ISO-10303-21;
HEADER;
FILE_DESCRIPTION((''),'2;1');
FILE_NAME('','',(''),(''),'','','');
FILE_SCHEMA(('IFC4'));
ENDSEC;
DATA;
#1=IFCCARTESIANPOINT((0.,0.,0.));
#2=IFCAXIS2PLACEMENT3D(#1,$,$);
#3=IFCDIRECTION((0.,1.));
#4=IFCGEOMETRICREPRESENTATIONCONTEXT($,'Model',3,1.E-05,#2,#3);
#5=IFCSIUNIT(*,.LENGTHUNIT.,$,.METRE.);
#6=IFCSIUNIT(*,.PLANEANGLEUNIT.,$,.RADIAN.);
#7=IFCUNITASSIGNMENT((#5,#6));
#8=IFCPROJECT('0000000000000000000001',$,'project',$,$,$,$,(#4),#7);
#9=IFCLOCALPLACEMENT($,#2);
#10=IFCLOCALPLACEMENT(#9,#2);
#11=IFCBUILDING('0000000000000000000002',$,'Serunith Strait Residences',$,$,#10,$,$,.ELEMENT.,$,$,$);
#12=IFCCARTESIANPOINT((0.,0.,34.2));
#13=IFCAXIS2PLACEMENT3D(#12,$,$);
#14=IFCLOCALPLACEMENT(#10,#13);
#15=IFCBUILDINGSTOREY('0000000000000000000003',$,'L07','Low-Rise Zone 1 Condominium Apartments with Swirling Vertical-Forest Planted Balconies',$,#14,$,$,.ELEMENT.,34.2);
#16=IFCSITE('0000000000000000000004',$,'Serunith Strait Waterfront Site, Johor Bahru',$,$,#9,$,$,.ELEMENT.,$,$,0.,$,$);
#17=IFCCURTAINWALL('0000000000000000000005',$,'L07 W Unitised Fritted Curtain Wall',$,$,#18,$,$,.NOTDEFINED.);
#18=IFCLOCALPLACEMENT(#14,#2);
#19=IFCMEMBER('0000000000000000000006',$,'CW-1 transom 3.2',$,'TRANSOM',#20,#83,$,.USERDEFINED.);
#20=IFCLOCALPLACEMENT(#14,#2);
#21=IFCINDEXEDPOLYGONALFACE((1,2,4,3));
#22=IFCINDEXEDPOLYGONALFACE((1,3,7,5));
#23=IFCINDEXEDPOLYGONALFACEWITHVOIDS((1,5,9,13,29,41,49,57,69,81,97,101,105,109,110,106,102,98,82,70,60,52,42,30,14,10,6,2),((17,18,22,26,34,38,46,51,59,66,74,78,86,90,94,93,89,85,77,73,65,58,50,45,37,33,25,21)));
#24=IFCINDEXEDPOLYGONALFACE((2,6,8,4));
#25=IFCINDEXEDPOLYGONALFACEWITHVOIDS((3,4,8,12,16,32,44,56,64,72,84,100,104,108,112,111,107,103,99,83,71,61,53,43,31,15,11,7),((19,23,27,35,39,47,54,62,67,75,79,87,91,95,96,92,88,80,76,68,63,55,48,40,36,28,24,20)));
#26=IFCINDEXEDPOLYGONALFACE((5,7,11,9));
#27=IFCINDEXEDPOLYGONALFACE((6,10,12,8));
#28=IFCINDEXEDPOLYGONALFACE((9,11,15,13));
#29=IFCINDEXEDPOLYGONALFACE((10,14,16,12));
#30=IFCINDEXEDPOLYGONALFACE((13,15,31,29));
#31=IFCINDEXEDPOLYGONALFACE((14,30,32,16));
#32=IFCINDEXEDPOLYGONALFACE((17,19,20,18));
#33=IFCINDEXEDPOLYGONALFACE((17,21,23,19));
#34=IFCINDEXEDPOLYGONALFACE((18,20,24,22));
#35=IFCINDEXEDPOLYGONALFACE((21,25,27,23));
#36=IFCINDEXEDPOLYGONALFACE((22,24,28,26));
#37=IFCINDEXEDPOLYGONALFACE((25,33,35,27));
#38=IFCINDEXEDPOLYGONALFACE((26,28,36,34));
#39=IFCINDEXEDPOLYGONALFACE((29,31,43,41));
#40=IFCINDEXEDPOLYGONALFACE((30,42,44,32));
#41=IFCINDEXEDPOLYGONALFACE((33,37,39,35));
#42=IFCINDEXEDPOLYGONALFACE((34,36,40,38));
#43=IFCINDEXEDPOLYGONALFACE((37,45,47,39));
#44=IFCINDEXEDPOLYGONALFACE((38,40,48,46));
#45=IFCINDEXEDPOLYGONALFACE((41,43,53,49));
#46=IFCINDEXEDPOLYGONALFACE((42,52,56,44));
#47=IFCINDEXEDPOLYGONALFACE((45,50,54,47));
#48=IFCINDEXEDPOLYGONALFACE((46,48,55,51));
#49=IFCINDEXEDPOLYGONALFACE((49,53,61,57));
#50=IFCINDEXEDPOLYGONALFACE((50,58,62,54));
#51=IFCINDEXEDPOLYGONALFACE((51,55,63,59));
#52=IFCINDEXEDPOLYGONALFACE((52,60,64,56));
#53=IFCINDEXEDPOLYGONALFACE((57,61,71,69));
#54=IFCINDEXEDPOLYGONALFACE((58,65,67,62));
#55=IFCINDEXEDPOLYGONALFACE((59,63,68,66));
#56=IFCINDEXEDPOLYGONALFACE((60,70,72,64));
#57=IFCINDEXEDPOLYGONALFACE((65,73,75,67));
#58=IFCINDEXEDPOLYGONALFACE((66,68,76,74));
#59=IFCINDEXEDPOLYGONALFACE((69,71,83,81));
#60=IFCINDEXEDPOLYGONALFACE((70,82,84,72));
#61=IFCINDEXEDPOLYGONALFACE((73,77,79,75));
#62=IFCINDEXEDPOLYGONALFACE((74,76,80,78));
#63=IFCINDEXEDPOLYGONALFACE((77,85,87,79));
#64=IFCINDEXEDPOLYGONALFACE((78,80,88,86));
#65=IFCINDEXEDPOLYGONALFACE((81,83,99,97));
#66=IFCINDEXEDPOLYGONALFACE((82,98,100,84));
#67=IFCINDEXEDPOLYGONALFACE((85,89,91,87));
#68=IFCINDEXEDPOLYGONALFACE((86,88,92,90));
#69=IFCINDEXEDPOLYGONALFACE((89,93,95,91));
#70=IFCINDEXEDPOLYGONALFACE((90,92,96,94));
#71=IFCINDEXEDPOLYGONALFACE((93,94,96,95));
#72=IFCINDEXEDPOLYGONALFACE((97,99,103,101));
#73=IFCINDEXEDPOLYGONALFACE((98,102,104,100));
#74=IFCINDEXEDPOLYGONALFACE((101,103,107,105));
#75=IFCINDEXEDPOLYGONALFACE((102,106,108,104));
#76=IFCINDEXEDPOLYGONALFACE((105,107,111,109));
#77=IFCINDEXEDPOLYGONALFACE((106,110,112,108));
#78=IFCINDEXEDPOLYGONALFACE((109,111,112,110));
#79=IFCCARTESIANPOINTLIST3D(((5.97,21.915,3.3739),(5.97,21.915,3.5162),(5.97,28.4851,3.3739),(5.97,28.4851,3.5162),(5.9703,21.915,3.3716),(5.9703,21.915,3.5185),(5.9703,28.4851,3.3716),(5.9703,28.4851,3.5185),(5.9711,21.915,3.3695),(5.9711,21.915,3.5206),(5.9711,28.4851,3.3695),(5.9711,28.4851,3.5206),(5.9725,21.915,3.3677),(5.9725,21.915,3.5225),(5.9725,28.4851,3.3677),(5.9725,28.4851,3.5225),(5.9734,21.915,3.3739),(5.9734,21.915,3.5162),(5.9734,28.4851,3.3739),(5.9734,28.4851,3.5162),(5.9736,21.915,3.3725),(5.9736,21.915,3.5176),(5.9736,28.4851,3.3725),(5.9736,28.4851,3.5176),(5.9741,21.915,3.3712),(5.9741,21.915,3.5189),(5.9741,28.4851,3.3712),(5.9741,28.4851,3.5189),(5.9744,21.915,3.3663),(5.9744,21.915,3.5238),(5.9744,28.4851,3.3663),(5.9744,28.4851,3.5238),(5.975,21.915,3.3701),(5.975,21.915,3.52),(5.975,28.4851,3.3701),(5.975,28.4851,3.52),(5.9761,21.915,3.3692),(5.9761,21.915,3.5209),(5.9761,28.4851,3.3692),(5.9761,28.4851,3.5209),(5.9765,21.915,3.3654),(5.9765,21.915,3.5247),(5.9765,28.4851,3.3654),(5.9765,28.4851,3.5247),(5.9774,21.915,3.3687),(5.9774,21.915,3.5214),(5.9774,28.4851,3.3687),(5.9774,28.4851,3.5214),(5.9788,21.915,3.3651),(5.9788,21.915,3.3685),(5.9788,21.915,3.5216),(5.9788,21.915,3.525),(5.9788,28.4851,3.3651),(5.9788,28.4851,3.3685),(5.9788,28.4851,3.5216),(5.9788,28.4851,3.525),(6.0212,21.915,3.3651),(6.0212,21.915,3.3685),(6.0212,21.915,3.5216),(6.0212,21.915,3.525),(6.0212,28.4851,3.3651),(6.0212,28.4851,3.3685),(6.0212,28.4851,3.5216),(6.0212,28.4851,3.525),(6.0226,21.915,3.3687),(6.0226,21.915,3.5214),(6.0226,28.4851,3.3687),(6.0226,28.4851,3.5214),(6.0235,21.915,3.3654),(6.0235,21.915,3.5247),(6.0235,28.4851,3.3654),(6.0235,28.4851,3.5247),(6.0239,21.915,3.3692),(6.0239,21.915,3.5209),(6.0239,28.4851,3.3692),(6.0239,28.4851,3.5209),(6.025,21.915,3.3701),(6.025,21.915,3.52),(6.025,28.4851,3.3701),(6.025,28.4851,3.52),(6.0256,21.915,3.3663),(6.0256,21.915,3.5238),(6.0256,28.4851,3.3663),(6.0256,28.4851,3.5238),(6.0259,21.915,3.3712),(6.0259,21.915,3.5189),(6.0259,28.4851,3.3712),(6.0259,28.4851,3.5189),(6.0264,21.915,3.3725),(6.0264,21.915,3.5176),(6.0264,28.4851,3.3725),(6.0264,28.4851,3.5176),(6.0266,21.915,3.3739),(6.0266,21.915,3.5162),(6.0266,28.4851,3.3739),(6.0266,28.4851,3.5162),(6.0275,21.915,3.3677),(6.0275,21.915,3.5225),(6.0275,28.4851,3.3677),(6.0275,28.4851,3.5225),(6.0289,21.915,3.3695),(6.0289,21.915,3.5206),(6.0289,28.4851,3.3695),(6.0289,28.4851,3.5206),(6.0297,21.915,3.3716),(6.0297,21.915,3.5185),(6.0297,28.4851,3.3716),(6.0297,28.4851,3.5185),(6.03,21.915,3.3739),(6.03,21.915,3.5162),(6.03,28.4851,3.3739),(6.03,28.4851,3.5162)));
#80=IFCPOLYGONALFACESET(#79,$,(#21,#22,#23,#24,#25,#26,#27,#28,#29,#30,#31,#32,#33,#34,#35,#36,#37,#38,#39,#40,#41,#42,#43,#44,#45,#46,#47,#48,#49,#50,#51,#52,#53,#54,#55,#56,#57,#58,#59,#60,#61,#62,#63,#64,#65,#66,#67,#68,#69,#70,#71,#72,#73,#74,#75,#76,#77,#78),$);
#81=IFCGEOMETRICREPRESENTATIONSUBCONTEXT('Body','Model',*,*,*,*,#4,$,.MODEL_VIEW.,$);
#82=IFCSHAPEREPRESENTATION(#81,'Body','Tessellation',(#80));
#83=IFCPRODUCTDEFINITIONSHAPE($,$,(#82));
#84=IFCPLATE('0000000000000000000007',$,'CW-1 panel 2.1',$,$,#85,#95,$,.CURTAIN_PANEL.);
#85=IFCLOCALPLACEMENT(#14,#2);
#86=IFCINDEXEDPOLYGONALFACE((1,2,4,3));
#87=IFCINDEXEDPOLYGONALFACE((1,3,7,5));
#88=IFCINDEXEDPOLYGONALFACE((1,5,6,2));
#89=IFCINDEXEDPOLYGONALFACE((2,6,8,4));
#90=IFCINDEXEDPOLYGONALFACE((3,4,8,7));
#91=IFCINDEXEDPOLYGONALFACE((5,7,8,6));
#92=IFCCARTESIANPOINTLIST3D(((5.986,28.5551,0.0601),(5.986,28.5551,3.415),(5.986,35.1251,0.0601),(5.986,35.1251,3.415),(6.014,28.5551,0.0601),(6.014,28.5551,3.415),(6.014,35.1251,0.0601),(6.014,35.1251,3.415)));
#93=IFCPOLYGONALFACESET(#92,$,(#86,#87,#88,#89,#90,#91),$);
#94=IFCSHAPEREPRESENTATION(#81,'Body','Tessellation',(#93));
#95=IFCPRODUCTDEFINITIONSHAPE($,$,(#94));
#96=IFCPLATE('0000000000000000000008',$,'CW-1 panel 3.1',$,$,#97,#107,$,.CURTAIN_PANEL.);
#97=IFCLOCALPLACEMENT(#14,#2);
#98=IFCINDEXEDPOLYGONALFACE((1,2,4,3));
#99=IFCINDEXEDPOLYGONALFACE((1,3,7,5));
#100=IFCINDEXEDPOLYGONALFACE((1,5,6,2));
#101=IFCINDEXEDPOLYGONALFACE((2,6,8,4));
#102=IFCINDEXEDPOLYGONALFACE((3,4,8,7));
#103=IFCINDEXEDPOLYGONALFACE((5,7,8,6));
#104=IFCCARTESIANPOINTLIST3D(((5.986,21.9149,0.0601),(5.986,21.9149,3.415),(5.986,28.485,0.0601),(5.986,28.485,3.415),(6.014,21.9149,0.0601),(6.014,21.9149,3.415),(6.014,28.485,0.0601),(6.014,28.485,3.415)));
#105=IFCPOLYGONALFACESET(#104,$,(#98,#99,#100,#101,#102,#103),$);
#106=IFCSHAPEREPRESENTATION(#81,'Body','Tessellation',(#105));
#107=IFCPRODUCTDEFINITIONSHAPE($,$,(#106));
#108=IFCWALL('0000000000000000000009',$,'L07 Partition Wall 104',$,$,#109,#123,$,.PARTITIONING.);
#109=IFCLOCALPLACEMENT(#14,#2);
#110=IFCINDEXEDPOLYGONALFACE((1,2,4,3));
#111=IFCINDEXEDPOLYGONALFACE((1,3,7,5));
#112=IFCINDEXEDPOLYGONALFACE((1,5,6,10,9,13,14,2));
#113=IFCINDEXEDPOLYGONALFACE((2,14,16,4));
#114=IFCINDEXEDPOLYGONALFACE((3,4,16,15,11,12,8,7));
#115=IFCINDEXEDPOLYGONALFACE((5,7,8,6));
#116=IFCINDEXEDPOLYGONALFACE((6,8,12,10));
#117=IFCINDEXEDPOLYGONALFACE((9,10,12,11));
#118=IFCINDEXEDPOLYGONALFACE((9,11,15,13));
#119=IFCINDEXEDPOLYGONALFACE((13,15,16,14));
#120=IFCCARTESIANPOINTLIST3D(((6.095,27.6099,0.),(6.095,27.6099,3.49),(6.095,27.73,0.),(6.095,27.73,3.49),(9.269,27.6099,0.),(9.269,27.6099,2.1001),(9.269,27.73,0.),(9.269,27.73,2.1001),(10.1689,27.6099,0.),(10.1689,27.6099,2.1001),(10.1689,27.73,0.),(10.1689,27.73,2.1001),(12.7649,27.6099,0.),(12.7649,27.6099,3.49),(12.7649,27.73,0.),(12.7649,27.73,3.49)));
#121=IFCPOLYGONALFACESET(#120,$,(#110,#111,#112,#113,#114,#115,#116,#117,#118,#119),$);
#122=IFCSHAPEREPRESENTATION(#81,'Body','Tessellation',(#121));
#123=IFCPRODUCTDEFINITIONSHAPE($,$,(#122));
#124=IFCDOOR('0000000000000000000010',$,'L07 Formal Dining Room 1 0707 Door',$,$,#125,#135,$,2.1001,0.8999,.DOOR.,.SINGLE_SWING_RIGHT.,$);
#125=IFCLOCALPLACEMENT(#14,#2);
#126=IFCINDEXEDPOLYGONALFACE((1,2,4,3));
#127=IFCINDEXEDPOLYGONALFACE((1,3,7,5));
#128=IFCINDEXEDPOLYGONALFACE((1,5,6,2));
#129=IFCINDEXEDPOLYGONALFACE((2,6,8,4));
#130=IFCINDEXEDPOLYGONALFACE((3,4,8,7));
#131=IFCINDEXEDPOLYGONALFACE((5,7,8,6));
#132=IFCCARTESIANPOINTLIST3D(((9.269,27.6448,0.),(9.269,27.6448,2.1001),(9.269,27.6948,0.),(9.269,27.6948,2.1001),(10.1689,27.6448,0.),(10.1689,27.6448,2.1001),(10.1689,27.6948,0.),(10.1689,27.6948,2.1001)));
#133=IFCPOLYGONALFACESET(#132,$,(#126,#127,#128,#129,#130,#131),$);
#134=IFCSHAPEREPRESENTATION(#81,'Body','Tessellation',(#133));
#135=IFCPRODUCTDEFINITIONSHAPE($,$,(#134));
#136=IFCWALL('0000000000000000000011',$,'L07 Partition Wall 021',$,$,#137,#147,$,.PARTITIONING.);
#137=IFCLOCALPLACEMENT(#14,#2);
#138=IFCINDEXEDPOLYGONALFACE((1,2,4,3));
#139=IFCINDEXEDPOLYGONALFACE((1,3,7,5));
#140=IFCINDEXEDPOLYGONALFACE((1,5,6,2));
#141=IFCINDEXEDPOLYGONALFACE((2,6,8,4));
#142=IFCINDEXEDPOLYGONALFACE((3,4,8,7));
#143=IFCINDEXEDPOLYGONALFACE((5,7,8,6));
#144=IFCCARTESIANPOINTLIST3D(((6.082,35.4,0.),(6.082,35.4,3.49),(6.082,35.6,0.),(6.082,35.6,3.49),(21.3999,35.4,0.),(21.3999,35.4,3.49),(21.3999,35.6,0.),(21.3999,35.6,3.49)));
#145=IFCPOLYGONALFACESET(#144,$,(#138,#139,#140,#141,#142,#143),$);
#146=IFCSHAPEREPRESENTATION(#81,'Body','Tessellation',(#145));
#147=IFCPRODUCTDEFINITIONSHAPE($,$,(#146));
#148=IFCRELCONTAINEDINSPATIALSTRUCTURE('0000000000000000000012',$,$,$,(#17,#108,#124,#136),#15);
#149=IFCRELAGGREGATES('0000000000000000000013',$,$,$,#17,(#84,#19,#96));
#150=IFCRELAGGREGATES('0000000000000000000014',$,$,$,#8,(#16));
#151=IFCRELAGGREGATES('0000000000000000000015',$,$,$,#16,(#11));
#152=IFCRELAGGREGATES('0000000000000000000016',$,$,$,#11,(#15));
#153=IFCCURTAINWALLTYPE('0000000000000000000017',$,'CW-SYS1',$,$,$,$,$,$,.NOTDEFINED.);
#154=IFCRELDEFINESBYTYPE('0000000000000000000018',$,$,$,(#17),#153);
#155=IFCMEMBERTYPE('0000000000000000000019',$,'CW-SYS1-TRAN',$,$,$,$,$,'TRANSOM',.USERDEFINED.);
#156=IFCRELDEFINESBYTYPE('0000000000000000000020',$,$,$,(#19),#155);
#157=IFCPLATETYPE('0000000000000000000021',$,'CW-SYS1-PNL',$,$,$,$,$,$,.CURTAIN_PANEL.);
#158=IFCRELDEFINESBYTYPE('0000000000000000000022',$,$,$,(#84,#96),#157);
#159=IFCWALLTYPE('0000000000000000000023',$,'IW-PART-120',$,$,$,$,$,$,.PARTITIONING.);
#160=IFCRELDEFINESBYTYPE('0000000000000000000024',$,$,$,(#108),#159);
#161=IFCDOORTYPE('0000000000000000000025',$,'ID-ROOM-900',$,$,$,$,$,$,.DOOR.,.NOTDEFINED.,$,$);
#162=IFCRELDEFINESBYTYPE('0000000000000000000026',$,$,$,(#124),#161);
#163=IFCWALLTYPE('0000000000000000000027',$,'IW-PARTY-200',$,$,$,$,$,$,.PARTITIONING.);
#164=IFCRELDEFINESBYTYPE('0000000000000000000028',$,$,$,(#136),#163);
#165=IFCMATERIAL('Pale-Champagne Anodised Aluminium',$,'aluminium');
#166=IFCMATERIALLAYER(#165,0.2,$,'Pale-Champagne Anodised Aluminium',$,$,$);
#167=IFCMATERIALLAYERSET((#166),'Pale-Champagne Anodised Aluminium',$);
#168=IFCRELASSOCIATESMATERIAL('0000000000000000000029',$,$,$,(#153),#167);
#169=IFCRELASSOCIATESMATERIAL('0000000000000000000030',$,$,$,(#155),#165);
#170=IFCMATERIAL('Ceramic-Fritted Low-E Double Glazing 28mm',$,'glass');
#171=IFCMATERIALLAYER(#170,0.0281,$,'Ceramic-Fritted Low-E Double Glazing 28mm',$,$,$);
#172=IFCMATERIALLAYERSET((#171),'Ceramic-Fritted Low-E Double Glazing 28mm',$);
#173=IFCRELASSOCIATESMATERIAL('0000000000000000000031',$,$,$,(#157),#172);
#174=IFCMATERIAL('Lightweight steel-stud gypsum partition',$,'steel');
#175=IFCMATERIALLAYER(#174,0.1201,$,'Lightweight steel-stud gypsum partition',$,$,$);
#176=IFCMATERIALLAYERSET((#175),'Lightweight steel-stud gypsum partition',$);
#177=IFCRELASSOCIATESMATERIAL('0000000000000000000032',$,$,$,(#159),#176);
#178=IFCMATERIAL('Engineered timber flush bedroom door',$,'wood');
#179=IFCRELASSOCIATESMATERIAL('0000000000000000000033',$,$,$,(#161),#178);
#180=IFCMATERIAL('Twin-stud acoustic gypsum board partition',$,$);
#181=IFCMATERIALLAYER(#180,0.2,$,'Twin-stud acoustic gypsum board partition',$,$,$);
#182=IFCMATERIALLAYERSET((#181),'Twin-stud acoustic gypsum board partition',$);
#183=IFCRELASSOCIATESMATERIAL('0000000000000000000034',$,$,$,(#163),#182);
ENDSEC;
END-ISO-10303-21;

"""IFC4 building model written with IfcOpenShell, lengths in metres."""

from ifc_helpers import new_model, si_unit, direction, frame, frame_2d, origin, origin_2d, place, context, subcontext, project, spatial, rectangle, hollow_rectangle, extrude, source, transform, mapped, material, layer, layer_set, material_profile, profile_set, type_object, element, fill, aggregate, save


model = new_model("IFC4")

# Units and contexts
model_context = context("Model", 3, precision=1e-05, world=origin(), true_north=direction((0.0, 1.0)))
body_context = subcontext(model_context, "Body", "Model", "MODEL_VIEW")
ifc_project = project(units=[si_unit("LENGTHUNIT", "METRE"), si_unit("PLANEANGLEUNIT", "RADIAN")], contexts=[model_context])

# Site, building, storey
site_placement = place(None, origin())
site = spatial("IfcSite", under=ifc_project, at=site_placement, Name="Serunith Strait Waterfront Site, Johor Bahru", CompositionType="ELEMENT", RefElevation=0.0)
building_placement = place(site_placement, origin())
building = spatial("IfcBuilding", under=site, at=building_placement, Name="Serunith Strait Residences", CompositionType="ELEMENT")
storey_placement = place(building_placement, frame((0.0, 0.0, 34.2)))
storey = spatial("IfcBuildingStorey", under=building, at=storey_placement, Name="L07", Description="Low-Rise Zone 1 Condominium Apartments with Swirling Vertical-Forest Planted Balconies", CompositionType="ELEMENT", Elevation=34.2)

# Curtain wall, member, plates
ifc_material_1 = material(Name="Pale-Champagne Anodised Aluminium", Category="aluminium")
ifc_layer_1 = layer(ifc_material_1, 0.2, Name="Pale-Champagne Anodised Aluminium")
ifc_layer_set_1 = layer_set([ifc_layer_1], Name="Pale-Champagne Anodised Aluminium")
curtain_wall_type = type_object("IfcCurtainWallType", Name="CW-SYS1", PredefinedType="NOTDEFINED", material=ifc_layer_set_1)
curtain_wall_placement = place(storey_placement, origin())
curtain_wall = element("IfcCurtainWall", 1, at=curtain_wall_placement, inside=storey, type_object=curtain_wall_type, Name="L07 W Unitised Fritted Curtain Wall", PredefinedType="NOTDEFINED")
ifc_material_profile_1 = material_profile(ifc_material_1, hollow_rectangle(XDim=0.0601, YDim=0.1599, WallThickness=0.0034, InnerFilletRadius=0.0054, OuterFilletRadius=0.0088, at=origin_2d()), Name="ALU 160x60x3.5")
ifc_profile_set_1 = profile_set([ifc_material_profile_1], Name="Pale-Champagne Anodised Aluminium")
member_type_1 = type_object("IfcMemberType", Name="CW-SYS1-TRAN", ElementType="TRANSOM", PredefinedType="USERDEFINED", material=ifc_profile_set_1)
shared_shape_1 = source(origin(), body_context, "Body", "SweptSolid", [
    extrude(hollow_rectangle(XDim=0.0601, YDim=0.1599, WallThickness=0.0034, InnerFilletRadius=0.0054, OuterFilletRadius=0.0088, at=origin_2d()), origin(), (0.0, 0.0, 1.0), 6.5701),
])
member_1_placement = place(storey_placement, frame((6.0, 28.4851, 3.4451), z_axis=(0.0, -1.0, 0.0), x_axis=(1.0, 0.0, 0.0)))
member_1 = element("IfcMember", 2, at=member_1_placement, type_object=member_type_1, Name="CW-1 transom 3.2", ObjectType="TRANSOM", PredefinedType="USERDEFINED", context=body_context, shape_type="MappedRepresentation", body=[
    mapped(shared_shape_1, transform((0.0, 0.0, 0.0), scale=1.0)),
])
ifc_material_2 = material(Name="Ceramic-Fritted Low-E Double Glazing 28mm", Category="glass")
ifc_layer_2 = layer(ifc_material_2, 0.0281, Name="Ceramic-Fritted Low-E Double Glazing 28mm")
ifc_layer_set_2 = layer_set([ifc_layer_2], Name="Ceramic-Fritted Low-E Double Glazing 28mm")
plate_type = type_object("IfcPlateType", Name="CW-SYS1-PNL", PredefinedType="CURTAIN_PANEL", material=ifc_layer_set_2)
shared_shape_2 = source(origin(), body_context, "Body", "SweptSolid", [
    extrude(rectangle(XDim=6.5701, YDim=0.0281, at=origin_2d()), origin(), (0.0, 0.0, 1.0), 3.355),
])
plate_1_placement = place(storey_placement, frame((6.0, 31.8401, 0.0601), z_axis=(0.0, 0.0, 1.0), x_axis=(0.0, -1.0, 0.0)))
plate_1 = element("IfcPlate", 3, at=plate_1_placement, type_object=plate_type, Name="CW-1 panel 2.1", PredefinedType="CURTAIN_PANEL", context=body_context, shape_type="MappedRepresentation", body=[
    mapped(shared_shape_2, transform((0.0, 0.0, 0.0), scale=1.0)),
])
plate_2_placement = place(storey_placement, frame((6.0, 25.2, 0.0601), z_axis=(0.0, 0.0, 1.0), x_axis=(0.0, -1.0, 0.0)))
plate_2 = element("IfcPlate", 4, at=plate_2_placement, type_object=plate_type, Name="CW-1 panel 3.1", PredefinedType="CURTAIN_PANEL", context=body_context, shape_type="MappedRepresentation", body=[
    mapped(shared_shape_2, transform((0.0, 0.0, 0.0), scale=1.0)),
])
aggregate(curtain_wall, [plate_1, member_1, plate_2])

# Wall, opening, door
ifc_material_3 = material(Name="Lightweight steel-stud gypsum partition", Category="steel")
ifc_layer_3 = layer(ifc_material_3, 0.1201, Name="Lightweight steel-stud gypsum partition")
ifc_layer_set_3 = layer_set([ifc_layer_3], Name="Lightweight steel-stud gypsum partition")
wall_type_1 = type_object("IfcWallType", Name="IW-PART-120", PredefinedType="PARTITIONING", material=ifc_layer_set_3)
wall_1_placement = place(storey_placement, frame((6.095, 27.6699, 0.0), z_axis=(0.0, 0.0, 1.0), x_axis=(1.0, 0.0, 0.0)))
wall_1 = element("IfcWall", 5, at=wall_1_placement, inside=storey, type_object=wall_type_1, Name="L07 Partition Wall 104", PredefinedType="PARTITIONING", context=body_context, shape_type="SweptSolid", body=[
    extrude(rectangle(XDim=6.6699, YDim=0.1201, at=frame_2d((3.335, 0.0))), origin(), (0.0, 0.0, 1.0), 3.49),
])
opening_placement = place(wall_1_placement, frame((3.1741, 0.0, 0.0)))
opening = element("IfcOpeningElement", 6, at=opening_placement, cuts=wall_1, PredefinedType="OPENING", context=body_context, shape_type="SweptSolid", body=[
    extrude(rectangle(XDim=0.8999, YDim=2.1001, at=frame_2d((0.45, 1.05))), frame((0.0, 0.0701, 0.0), z_axis=(0.0, -1.0, 0.0), x_axis=(1.0, 0.0, 0.0)), (0.0, 0.0, 1.0), 0.1401),
])
ifc_material_4 = material(Name="Engineered timber flush bedroom door", Category="wood")
door_type = type_object("IfcDoorType", Name="ID-ROOM-900", OperationType="NOTDEFINED", PredefinedType="DOOR", material=ifc_material_4)
shared_shape_3 = source(origin(), body_context, "Body", "SweptSolid", [
    extrude(rectangle(XDim=0.8999, YDim=2.1001, at=frame_2d((0.45, 1.05))), frame((0.0, 0.0249, 0.0), z_axis=(0.0, -1.0, 0.0), x_axis=(1.0, 0.0, 0.0)), (0.0, 0.0, 1.0), 0.05),
])
door_placement = place(opening_placement, origin())
door = element("IfcDoor", 7, at=door_placement, inside=storey, type_object=door_type, Name="L07 Formal Dining Room 1 0707 Door", OperationType="SINGLE_SWING_RIGHT", OverallHeight=2.1001, OverallWidth=0.8999, PredefinedType="DOOR", context=body_context, shape_type="MappedRepresentation", body=[
    mapped(shared_shape_3, transform((0.0, 0.0, 0.0), scale=1.0)),
])
fill(opening, door)

# Wall
ifc_material_5 = material(Name="Twin-stud acoustic gypsum board partition")
ifc_layer_4 = layer(ifc_material_5, 0.2, Name="Twin-stud acoustic gypsum board partition")
ifc_layer_set_4 = layer_set([ifc_layer_4], Name="Twin-stud acoustic gypsum board partition")
wall_type_2 = type_object("IfcWallType", Name="IW-PARTY-200", PredefinedType="PARTITIONING", material=ifc_layer_set_4)
wall_2_placement = place(storey_placement, frame((6.082, 35.5, 0.0), z_axis=(0.0, 0.0, 1.0), x_axis=(1.0, 0.0, 0.0)))
element("IfcWall", 8, at=wall_2_placement, inside=storey, type_object=wall_type_2, Name="L07 Partition Wall 021", PredefinedType="PARTITIONING", context=body_context, shape_type="SweptSolid", body=[
    extrude(rectangle(XDim=15.3179, YDim=0.2, at=frame_2d((7.6589, 0.0))), origin(), (0.0, 0.0, 1.0), 3.49),
])

save(model, "model.ifc")
